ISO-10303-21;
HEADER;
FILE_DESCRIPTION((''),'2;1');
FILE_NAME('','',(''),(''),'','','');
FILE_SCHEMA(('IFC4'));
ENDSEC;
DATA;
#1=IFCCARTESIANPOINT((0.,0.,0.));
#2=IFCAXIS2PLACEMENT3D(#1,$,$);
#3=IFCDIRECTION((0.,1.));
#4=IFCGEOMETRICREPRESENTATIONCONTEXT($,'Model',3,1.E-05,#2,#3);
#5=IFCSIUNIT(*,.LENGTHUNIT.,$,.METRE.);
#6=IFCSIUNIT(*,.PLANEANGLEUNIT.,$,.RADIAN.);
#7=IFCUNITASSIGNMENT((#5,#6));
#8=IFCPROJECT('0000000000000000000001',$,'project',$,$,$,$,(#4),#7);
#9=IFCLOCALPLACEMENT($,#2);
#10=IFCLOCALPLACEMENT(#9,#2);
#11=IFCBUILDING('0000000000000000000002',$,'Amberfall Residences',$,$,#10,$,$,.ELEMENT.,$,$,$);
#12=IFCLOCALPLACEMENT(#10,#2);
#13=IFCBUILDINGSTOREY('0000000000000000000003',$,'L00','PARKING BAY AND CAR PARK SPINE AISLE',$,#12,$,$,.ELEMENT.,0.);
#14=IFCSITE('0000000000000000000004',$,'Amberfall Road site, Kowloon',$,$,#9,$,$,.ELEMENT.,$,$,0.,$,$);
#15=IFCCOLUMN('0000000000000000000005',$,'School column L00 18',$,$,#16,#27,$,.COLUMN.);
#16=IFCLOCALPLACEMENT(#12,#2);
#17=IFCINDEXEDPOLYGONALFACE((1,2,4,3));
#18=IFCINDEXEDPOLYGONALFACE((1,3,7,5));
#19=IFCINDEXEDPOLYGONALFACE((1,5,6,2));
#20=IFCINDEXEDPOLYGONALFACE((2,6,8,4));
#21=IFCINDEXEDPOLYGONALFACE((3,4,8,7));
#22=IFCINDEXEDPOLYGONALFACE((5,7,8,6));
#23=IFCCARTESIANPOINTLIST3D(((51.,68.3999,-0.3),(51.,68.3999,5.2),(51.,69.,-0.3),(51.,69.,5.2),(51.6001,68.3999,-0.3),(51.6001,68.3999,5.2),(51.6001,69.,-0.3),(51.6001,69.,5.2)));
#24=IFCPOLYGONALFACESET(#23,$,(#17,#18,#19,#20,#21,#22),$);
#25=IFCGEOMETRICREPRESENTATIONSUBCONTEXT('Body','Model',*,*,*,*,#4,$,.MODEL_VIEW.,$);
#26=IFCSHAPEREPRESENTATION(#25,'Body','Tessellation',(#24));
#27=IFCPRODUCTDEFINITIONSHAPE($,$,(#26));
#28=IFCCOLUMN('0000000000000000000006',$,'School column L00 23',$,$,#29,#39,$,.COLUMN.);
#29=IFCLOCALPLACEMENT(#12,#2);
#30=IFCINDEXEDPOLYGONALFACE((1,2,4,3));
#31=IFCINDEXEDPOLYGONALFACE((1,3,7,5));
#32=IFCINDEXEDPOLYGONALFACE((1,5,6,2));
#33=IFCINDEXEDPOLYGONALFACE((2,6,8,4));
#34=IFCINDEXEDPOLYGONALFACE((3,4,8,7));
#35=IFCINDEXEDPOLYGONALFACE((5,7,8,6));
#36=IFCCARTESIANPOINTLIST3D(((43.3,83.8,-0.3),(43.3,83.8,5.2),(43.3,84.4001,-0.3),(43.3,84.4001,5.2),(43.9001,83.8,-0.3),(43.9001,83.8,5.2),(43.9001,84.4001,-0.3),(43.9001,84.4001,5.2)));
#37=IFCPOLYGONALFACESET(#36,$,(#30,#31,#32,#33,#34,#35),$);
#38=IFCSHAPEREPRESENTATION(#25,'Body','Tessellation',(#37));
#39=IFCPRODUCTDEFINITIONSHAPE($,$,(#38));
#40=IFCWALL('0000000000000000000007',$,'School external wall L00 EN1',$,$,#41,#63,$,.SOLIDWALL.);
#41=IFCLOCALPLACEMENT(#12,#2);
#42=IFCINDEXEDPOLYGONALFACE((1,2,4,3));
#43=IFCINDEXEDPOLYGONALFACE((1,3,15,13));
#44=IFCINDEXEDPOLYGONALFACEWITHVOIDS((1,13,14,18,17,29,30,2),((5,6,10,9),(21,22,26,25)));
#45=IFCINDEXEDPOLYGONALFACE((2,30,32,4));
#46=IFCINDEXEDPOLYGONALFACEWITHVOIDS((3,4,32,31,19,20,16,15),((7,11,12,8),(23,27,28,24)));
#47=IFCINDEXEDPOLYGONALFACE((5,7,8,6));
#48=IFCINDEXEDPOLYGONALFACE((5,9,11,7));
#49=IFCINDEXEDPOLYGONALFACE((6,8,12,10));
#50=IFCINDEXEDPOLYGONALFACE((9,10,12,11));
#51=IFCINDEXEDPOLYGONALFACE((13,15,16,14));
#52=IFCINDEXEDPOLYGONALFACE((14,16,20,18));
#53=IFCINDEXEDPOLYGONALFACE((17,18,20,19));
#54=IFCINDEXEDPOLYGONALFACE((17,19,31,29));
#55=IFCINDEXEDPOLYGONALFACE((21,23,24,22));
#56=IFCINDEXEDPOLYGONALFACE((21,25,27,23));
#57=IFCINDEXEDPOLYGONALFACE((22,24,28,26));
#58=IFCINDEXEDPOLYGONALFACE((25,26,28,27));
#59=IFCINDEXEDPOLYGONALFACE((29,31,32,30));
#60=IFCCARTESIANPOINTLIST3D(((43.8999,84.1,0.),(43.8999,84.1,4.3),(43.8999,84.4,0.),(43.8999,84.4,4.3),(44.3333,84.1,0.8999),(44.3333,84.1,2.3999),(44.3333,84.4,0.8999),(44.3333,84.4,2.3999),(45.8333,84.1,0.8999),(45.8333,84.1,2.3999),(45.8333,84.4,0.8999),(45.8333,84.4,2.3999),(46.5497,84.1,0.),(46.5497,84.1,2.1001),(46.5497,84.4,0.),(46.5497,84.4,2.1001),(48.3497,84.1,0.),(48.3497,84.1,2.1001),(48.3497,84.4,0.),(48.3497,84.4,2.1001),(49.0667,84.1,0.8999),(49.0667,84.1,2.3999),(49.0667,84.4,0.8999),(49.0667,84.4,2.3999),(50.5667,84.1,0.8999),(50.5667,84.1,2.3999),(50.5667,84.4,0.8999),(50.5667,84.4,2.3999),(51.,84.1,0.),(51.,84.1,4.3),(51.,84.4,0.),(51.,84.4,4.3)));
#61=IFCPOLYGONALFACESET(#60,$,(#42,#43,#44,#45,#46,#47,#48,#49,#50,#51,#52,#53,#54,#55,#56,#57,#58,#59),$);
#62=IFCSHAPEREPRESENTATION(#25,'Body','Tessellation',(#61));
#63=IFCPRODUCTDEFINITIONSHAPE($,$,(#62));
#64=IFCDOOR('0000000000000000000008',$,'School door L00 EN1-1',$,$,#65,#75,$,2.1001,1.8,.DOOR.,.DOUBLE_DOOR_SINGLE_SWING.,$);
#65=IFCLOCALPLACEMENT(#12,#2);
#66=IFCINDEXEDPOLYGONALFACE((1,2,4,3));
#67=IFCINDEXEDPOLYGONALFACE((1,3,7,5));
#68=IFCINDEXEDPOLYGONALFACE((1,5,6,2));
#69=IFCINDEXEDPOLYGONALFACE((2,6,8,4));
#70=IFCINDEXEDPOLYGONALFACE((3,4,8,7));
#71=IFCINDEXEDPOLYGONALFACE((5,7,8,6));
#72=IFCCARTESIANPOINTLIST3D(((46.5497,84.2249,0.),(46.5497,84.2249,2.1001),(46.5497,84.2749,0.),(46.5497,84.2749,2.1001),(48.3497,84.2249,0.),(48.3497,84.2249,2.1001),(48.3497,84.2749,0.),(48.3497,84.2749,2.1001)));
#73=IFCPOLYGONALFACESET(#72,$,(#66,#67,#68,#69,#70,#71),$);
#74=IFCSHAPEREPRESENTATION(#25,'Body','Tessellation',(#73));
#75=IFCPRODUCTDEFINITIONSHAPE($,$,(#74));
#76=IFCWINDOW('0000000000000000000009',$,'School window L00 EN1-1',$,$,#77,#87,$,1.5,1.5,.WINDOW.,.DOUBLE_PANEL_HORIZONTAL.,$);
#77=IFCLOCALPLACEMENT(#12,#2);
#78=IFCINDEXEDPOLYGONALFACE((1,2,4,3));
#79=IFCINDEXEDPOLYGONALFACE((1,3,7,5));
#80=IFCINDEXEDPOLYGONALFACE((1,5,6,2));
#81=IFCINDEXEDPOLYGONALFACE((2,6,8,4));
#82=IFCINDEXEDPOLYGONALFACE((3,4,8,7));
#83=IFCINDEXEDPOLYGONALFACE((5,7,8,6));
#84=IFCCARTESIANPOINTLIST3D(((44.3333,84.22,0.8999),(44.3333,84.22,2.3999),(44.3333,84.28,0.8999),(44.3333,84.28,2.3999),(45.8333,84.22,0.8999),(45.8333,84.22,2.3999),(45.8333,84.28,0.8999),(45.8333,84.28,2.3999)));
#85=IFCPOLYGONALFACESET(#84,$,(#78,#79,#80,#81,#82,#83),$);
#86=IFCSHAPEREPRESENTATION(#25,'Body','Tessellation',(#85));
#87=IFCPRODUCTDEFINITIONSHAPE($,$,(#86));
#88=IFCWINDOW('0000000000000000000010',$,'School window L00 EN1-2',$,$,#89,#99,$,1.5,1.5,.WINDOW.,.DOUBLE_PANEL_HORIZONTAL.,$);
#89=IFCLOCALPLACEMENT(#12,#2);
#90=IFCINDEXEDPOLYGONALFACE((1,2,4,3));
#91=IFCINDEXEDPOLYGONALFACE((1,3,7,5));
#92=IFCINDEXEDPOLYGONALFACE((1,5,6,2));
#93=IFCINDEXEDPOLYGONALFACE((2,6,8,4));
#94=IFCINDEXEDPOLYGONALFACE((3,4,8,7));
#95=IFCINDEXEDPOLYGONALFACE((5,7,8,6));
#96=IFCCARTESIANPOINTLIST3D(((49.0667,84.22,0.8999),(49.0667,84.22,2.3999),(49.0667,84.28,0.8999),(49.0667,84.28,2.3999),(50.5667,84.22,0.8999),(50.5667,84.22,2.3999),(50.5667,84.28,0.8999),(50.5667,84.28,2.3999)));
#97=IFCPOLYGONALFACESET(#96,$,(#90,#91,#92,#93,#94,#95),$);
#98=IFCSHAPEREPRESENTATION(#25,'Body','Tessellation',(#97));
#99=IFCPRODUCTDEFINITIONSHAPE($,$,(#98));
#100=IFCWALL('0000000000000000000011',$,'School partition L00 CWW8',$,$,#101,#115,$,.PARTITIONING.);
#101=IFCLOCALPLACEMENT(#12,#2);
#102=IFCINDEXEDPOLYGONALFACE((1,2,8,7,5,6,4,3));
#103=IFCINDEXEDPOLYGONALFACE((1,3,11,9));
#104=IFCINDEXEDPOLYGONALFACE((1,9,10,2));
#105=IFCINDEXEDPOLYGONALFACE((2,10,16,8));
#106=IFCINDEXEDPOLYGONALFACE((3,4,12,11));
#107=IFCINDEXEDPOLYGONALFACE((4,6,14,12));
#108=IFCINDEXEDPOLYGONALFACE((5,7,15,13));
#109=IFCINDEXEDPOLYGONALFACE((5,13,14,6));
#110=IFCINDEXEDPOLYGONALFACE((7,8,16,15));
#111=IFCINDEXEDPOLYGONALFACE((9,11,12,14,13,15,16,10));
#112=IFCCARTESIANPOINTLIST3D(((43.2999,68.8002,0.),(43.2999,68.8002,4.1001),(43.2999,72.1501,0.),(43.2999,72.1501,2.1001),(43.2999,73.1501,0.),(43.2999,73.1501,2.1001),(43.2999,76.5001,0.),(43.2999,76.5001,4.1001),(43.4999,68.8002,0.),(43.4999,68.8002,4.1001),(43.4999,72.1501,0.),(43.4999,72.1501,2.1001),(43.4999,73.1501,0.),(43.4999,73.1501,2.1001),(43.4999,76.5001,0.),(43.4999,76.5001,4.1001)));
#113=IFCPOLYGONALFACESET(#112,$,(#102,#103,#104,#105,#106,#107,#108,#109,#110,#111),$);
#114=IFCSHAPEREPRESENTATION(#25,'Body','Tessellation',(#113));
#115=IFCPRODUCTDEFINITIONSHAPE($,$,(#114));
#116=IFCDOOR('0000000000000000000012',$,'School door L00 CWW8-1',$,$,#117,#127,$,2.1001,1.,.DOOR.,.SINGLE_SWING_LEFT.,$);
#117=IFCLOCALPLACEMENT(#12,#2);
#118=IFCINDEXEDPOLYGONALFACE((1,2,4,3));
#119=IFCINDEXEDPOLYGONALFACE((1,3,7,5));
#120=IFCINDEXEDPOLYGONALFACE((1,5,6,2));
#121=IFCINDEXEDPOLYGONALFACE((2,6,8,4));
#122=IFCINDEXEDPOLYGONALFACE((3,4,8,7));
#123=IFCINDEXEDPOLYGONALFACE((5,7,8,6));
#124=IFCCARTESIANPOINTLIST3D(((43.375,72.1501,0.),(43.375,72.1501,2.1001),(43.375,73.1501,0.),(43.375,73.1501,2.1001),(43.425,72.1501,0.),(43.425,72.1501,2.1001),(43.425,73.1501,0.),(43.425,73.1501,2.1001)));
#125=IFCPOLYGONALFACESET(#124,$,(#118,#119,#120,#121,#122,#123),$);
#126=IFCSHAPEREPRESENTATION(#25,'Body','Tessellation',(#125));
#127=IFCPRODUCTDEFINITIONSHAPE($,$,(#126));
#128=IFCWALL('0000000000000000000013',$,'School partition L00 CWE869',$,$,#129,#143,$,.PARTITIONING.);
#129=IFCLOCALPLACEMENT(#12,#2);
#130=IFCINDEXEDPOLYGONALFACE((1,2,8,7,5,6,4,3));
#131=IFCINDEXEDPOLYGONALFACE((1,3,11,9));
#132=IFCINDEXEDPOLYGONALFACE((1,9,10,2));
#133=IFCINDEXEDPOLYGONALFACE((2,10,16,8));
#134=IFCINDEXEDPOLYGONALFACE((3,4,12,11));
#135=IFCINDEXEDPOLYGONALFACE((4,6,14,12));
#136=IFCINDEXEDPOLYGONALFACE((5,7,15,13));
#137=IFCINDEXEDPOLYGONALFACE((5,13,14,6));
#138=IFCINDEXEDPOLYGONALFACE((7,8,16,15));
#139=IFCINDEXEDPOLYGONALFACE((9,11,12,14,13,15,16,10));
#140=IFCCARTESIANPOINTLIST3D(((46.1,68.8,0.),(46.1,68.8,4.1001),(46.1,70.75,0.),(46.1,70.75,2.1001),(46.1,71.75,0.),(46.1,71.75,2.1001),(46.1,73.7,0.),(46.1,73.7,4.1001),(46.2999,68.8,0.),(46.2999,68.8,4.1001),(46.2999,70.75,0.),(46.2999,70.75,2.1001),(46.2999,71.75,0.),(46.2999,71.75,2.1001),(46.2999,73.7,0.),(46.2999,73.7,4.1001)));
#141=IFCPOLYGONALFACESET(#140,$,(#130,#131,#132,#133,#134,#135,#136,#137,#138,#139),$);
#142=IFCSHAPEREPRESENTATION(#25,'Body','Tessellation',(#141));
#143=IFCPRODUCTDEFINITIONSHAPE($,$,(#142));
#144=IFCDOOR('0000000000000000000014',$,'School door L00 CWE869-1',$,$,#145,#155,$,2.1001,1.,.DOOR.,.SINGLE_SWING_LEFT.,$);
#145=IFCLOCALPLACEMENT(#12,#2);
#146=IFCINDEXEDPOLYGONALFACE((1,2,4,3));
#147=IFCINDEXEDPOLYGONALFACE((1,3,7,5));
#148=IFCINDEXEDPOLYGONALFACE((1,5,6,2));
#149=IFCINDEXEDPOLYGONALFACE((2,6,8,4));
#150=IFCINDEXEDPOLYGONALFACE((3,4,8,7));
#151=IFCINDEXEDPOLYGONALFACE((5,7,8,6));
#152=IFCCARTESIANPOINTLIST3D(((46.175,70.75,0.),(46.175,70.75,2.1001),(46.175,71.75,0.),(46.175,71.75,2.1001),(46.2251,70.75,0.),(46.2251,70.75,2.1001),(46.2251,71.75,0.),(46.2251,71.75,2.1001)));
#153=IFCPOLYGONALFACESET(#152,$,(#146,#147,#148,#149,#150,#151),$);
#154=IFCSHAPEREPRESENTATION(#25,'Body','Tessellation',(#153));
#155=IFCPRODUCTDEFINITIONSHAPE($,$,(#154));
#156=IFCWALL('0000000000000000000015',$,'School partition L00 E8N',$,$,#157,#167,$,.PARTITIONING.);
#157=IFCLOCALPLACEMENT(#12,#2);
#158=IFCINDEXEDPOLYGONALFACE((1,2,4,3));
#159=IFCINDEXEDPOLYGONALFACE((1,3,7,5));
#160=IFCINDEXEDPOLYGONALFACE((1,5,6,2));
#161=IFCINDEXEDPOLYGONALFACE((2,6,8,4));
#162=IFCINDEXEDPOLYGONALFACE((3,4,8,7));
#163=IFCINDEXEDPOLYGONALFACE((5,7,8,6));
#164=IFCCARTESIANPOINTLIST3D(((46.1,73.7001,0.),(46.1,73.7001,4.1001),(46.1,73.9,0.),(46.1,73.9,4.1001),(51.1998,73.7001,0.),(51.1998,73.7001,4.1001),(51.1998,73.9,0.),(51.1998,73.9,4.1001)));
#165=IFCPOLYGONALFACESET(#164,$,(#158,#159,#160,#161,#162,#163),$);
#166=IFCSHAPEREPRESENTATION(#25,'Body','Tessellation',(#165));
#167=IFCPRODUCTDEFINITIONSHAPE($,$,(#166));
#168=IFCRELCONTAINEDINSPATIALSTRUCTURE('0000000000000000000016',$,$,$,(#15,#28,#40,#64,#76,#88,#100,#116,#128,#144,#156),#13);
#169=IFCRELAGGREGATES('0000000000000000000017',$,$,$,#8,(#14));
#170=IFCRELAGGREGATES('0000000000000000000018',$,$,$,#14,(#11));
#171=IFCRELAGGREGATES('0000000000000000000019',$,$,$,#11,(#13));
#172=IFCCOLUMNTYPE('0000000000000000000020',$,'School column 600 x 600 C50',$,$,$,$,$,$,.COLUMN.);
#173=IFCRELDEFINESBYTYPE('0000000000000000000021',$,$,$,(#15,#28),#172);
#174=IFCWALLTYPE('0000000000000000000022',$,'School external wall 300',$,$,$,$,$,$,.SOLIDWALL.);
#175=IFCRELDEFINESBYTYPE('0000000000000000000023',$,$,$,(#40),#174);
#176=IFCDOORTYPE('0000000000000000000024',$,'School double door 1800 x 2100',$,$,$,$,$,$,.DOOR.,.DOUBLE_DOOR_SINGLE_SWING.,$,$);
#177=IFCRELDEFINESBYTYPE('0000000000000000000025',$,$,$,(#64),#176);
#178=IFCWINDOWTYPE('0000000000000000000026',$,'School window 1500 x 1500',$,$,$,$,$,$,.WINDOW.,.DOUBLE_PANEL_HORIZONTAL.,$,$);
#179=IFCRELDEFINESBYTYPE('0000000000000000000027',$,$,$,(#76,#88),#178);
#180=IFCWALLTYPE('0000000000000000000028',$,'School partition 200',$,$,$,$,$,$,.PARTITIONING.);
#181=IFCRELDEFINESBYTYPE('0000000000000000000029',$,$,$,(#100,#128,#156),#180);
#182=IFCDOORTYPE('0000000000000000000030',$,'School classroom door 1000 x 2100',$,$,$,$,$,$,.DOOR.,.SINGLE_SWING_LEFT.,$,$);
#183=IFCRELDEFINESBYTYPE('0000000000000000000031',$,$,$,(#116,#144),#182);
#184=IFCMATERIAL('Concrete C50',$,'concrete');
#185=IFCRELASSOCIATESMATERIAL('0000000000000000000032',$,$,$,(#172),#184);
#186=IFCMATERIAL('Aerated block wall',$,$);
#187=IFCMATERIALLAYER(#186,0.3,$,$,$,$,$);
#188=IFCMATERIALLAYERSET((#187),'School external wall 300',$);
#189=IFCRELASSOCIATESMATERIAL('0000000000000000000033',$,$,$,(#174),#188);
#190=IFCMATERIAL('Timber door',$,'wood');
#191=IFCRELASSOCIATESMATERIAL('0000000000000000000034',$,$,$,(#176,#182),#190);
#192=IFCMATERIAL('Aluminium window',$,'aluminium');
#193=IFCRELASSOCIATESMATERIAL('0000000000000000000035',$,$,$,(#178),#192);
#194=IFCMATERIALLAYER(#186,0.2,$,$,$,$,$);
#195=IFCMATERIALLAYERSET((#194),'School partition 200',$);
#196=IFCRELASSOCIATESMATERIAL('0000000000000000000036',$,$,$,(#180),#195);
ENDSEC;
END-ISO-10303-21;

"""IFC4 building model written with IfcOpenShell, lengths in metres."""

from ifc_helpers import new_model, si_unit, direction, frame, frame_2d, origin, origin_2d, place, context, subcontext, project, spatial, rectangle, extrude, material, layer, layer_set, material_profile, profile_set, type_object, element, fill, save


model = new_model("IFC4")

# Units and contexts
model_context = context("Model", 3, precision=1e-05, world=origin(), true_north=direction((0.0, 1.0)))
body_context = subcontext(model_context, "Body", "Model", "MODEL_VIEW")
ifc_project = project(units=[si_unit("LENGTHUNIT", "METRE"), si_unit("PLANEANGLEUNIT", "RADIAN")], contexts=[model_context])

# Site, building, storey
site_placement = place(None, origin())
site = spatial("IfcSite", under=ifc_project, at=site_placement, Name="Amberfall Road site, Kowloon", CompositionType="ELEMENT", RefElevation=0.0)
building_placement = place(site_placement, origin())
building = spatial("IfcBuilding", under=site, at=building_placement, Name="Amberfall Residences", CompositionType="ELEMENT")
storey_placement = place(building_placement, origin())
storey = spatial("IfcBuildingStorey", under=building, at=storey_placement, Name="L00", Description="PARKING BAY AND CAR PARK SPINE AISLE", CompositionType="ELEMENT", Elevation=0.0)

# Columns
ifc_material_1 = material(Name="Concrete C50", Category="concrete")
ifc_material_profile = material_profile(ifc_material_1, rectangle(XDim=0.6001, YDim=0.6001, at=origin_2d()), Name="School column 600 x 600 C50")
ifc_profile_set = profile_set([ifc_material_profile], Name="Concrete C50")
column_type = type_object("IfcColumnType", Name="School column 600 x 600 C50", PredefinedType="COLUMN", material=ifc_profile_set)
for number, where, z_axis, x_axis, name in (
    (1, (51.3, 68.7, -0.3), (0.0, 0.0, 1.0), (1.0, 0.0, 0.0), "School column L00 18"),
    (2, (43.6001, 84.1001, -0.3), (0.0, 0.0, 1.0), (1.0, 0.0, 0.0), "School column L00 23"),
):
    element("IfcColumn", number, at=place(storey_placement, frame(where, z_axis=z_axis, x_axis=x_axis)), inside=storey, type_object=column_type, Name=name, PredefinedType="COLUMN", context=body_context, shape_type="SweptSolid", body=[
        extrude(rectangle(XDim=0.6001, YDim=0.6001, at=origin_2d()), origin(), (0.0, 0.0, 1.0), 5.5),
    ])

# Wall, openings, door, windows
ifc_material_2 = material(Name="Aerated block wall")
ifc_layer_1 = layer(ifc_material_2, 0.3)
ifc_layer_set_1 = layer_set([ifc_layer_1], Name="School external wall 300")
wall_type_1 = type_object("IfcWallType", Name="School external wall 300", PredefinedType="SOLIDWALL", material=ifc_layer_set_1)
wall_1_placement = place(storey_placement, frame((43.8999, 84.25, 0.0), z_axis=(0.0, 0.0, 1.0), x_axis=(1.0, 0.0, 0.0)))
wall_1 = element("IfcWall", 3, at=wall_1_placement, inside=storey, type_object=wall_type_1, Name="School external wall L00 EN1", PredefinedType="SOLIDWALL", context=body_context, shape_type="SweptSolid", body=[
    extrude(rectangle(XDim=7.1001, YDim=0.3, at=frame_2d((3.55, 0.0))), origin(), (0.0, 0.0, 1.0), 4.3),
])
opening_1_placement = place(wall_1_placement, frame((2.6499, 0.0, 0.0)))
opening_1 = element("IfcOpeningElement", 4, at=opening_1_placement, cuts=wall_1, PredefinedType="OPENING", context=body_context, shape_type="SweptSolid", body=[
    extrude(rectangle(XDim=1.8, YDim=2.1001, at=frame_2d((0.8999, 1.05))), frame((0.0, 0.1599, 0.0), z_axis=(0.0, -1.0, 0.0), x_axis=(1.0, 0.0, 0.0)), (0.0, 0.0, 1.0), 0.3201),
])
opening_2_placement = place(wall_1_placement, frame((0.4333, 0.0, 0.8999)))
opening_2 = element("IfcOpeningElement", 5, at=opening_2_placement, cuts=wall_1, PredefinedType="OPENING", context=body_context, shape_type="SweptSolid", body=[
    extrude(rectangle(XDim=1.5, YDim=1.5, at=frame_2d((0.75, 0.75))), frame((0.0, 0.1599, 0.0), z_axis=(0.0, -1.0, 0.0), x_axis=(1.0, 0.0, 0.0)), (0.0, 0.0, 1.0), 0.3201),
])
opening_3_placement = place(wall_1_placement, frame((5.1667, 0.0, 0.8999)))
opening_3 = element("IfcOpeningElement", 6, at=opening_3_placement, cuts=wall_1, PredefinedType="OPENING", context=body_context, shape_type="SweptSolid", body=[
    extrude(rectangle(XDim=1.5, YDim=1.5, at=frame_2d((0.75, 0.75))), frame((0.0, 0.1599, 0.0), z_axis=(0.0, -1.0, 0.0), x_axis=(1.0, 0.0, 0.0)), (0.0, 0.0, 1.0), 0.3201),
])
ifc_material_3 = material(Name="Timber door", Category="wood")
door_type_1 = type_object("IfcDoorType", Name="School double door 1800 x 2100", OperationType="DOUBLE_DOOR_SINGLE_SWING", PredefinedType="DOOR", material=ifc_material_3)
door_1_placement = place(opening_1_placement, origin())
door_1 = element("IfcDoor", 7, at=door_1_placement, inside=storey, type_object=door_type_1, Name="School door L00 EN1-1", OperationType="DOUBLE_DOOR_SINGLE_SWING", OverallHeight=2.1001, OverallWidth=1.8, PredefinedType="DOOR", context=body_context, shape_type="SweptSolid", body=[
    extrude(rectangle(XDim=1.8, YDim=2.1001, at=frame_2d((0.8999, 1.05))), frame((0.0, 0.0249, 0.0), z_axis=(0.0, -1.0, 0.0), x_axis=(1.0, 0.0, 0.0)), (0.0, 0.0, 1.0), 0.05),
])
fill(opening_1, door_1)
ifc_material_4 = material(Name="Aluminium window", Category="aluminium")
window_type = type_object("IfcWindowType", Name="School window 1500 x 1500", PartitioningType="DOUBLE_PANEL_HORIZONTAL", PredefinedType="WINDOW", material=ifc_material_4)
window_1_placement = place(opening_2_placement, origin())
window_1 = element("IfcWindow", 8, at=window_1_placement, inside=storey, type_object=window_type, Name="School window L00 EN1-1", OverallHeight=1.5, OverallWidth=1.5, PartitioningType="DOUBLE_PANEL_HORIZONTAL", PredefinedType="WINDOW", context=body_context, shape_type="SweptSolid", body=[
    extrude(rectangle(XDim=1.5, YDim=1.5, at=frame_2d((0.75, 0.75))), frame((0.0, 0.03, 0.0), z_axis=(0.0, -1.0, 0.0), x_axis=(1.0, 0.0, 0.0)), (0.0, 0.0, 1.0), 0.0601),
])
fill(opening_2, window_1)
window_2_placement = place(opening_3_placement, origin())
window_2 = element("IfcWindow", 9, at=window_2_placement, inside=storey, type_object=window_type, Name="School window L00 EN1-2", OverallHeight=1.5, OverallWidth=1.5, PartitioningType="DOUBLE_PANEL_HORIZONTAL", PredefinedType="WINDOW", context=body_context, shape_type="SweptSolid", body=[
    extrude(rectangle(XDim=1.5, YDim=1.5, at=frame_2d((0.75, 0.75))), frame((0.0, 0.03, 0.0), z_axis=(0.0, -1.0, 0.0), x_axis=(1.0, 0.0, 0.0)), (0.0, 0.0, 1.0), 0.0601),
])
fill(opening_3, window_2)

# Walls, openings, doors
ifc_layer_2 = layer(ifc_material_2, 0.2)
ifc_layer_set_2 = layer_set([ifc_layer_2], Name="School partition 200")
wall_type_2 = type_object("IfcWallType", Name="School partition 200", PredefinedType="PARTITIONING", material=ifc_layer_set_2)
wall_2_placement = place(storey_placement, frame((43.3999, 68.8, 0.0), z_axis=(0.0, 0.0, 1.0), x_axis=(0.0, 1.0, 0.0)))
wall_2 = element("IfcWall", 10, at=wall_2_placement, inside=storey, type_object=wall_type_2, Name="School partition L00 CWW8", PredefinedType="PARTITIONING", context=body_context, shape_type="SweptSolid", body=[
    extrude(rectangle(XDim=7.7, YDim=0.2, at=frame_2d((3.8501, 0.0))), origin(), (0.0, 0.0, 1.0), 4.1001),
])
opening_4_placement = place(wall_2_placement, frame((3.3501, 0.0, 0.0)))
opening_4 = element("IfcOpeningElement", 11, at=opening_4_placement, cuts=wall_2, PredefinedType="OPENING", context=body_context, shape_type="SweptSolid", body=[
    extrude(rectangle(XDim=1.0, YDim=2.1001, at=frame_2d((0.5, 1.05))), frame((0.0, 0.1099, 0.0), z_axis=(0.0, -1.0, 0.0), x_axis=(1.0, 0.0, 0.0)), (0.0, 0.0, 1.0), 0.22),
])
door_type_2 = type_object("IfcDoorType", Name="School classroom door 1000 x 2100", OperationType="SINGLE_SWING_LEFT", PredefinedType="DOOR", material=ifc_material_3)
door_2_placement = place(opening_4_placement, origin())
door_2 = element("IfcDoor", 12, at=door_2_placement, inside=storey, type_object=door_type_2, Name="School door L00 CWW8-1", OperationType="SINGLE_SWING_LEFT", OverallHeight=2.1001, OverallWidth=1.0, PredefinedType="DOOR", context=body_context, shape_type="SweptSolid", body=[
    extrude(rectangle(XDim=1.0, YDim=2.1001, at=frame_2d((0.5, 1.05))), frame((0.0, 0.0249, 0.0), z_axis=(0.0, -1.0, 0.0), x_axis=(1.0, 0.0, 0.0)), (0.0, 0.0, 1.0), 0.05),
])
fill(opening_4, door_2)
wall_3_placement = place(storey_placement, frame((46.2, 68.8, 0.0), z_axis=(0.0, 0.0, 1.0), x_axis=(0.0, 1.0, 0.0)))
wall_3 = element("IfcWall", 13, at=wall_3_placement, inside=storey, type_object=wall_type_2, Name="School partition L00 CWE869", PredefinedType="PARTITIONING", context=body_context, shape_type="SweptSolid", body=[
    extrude(rectangle(XDim=4.8999, YDim=0.2, at=frame_2d((2.45, 0.0))), origin(), (0.0, 0.0, 1.0), 4.1001),
])
opening_5_placement = place(wall_3_placement, frame((1.95, 0.0, 0.0)))
opening_5 = element("IfcOpeningElement", 14, at=opening_5_placement, cuts=wall_3, PredefinedType="OPENING", context=body_context, shape_type="SweptSolid", body=[
    extrude(rectangle(XDim=1.0, YDim=2.1001, at=frame_2d((0.5, 1.05))), frame((0.0, 0.1099, 0.0), z_axis=(0.0, -1.0, 0.0), x_axis=(1.0, 0.0, 0.0)), (0.0, 0.0, 1.0), 0.22),
])
door_3_placement = place(opening_5_placement, origin())
door_3 = element("IfcDoor", 15, at=door_3_placement, inside=storey, type_object=door_type_2, Name="School door L00 CWE869-1", OperationType="SINGLE_SWING_LEFT", OverallHeight=2.1001, OverallWidth=1.0, PredefinedType="DOOR", context=body_context, shape_type="SweptSolid", body=[
    extrude(rectangle(XDim=1.0, YDim=2.1001, at=frame_2d((0.5, 1.05))), frame((0.0, 0.0249, 0.0), z_axis=(0.0, -1.0, 0.0), x_axis=(1.0, 0.0, 0.0)), (0.0, 0.0, 1.0), 0.05),
])
fill(opening_5, door_3)

# Wall
wall_4_placement = place(storey_placement, frame((46.1001, 73.8, 0.0), z_axis=(0.0, 0.0, 1.0), x_axis=(1.0, 0.0, 0.0)))
element("IfcWall", 16, at=wall_4_placement, inside=storey, type_object=wall_type_2, Name="School partition L00 E8N", PredefinedType="PARTITIONING", context=body_context, shape_type="SweptSolid", body=[
    extrude(rectangle(XDim=5.0999, YDim=0.2, at=frame_2d((2.5498, 0.0))), origin(), (0.0, 0.0, 1.0), 4.1001),
])

save(model, "model.ifc")
